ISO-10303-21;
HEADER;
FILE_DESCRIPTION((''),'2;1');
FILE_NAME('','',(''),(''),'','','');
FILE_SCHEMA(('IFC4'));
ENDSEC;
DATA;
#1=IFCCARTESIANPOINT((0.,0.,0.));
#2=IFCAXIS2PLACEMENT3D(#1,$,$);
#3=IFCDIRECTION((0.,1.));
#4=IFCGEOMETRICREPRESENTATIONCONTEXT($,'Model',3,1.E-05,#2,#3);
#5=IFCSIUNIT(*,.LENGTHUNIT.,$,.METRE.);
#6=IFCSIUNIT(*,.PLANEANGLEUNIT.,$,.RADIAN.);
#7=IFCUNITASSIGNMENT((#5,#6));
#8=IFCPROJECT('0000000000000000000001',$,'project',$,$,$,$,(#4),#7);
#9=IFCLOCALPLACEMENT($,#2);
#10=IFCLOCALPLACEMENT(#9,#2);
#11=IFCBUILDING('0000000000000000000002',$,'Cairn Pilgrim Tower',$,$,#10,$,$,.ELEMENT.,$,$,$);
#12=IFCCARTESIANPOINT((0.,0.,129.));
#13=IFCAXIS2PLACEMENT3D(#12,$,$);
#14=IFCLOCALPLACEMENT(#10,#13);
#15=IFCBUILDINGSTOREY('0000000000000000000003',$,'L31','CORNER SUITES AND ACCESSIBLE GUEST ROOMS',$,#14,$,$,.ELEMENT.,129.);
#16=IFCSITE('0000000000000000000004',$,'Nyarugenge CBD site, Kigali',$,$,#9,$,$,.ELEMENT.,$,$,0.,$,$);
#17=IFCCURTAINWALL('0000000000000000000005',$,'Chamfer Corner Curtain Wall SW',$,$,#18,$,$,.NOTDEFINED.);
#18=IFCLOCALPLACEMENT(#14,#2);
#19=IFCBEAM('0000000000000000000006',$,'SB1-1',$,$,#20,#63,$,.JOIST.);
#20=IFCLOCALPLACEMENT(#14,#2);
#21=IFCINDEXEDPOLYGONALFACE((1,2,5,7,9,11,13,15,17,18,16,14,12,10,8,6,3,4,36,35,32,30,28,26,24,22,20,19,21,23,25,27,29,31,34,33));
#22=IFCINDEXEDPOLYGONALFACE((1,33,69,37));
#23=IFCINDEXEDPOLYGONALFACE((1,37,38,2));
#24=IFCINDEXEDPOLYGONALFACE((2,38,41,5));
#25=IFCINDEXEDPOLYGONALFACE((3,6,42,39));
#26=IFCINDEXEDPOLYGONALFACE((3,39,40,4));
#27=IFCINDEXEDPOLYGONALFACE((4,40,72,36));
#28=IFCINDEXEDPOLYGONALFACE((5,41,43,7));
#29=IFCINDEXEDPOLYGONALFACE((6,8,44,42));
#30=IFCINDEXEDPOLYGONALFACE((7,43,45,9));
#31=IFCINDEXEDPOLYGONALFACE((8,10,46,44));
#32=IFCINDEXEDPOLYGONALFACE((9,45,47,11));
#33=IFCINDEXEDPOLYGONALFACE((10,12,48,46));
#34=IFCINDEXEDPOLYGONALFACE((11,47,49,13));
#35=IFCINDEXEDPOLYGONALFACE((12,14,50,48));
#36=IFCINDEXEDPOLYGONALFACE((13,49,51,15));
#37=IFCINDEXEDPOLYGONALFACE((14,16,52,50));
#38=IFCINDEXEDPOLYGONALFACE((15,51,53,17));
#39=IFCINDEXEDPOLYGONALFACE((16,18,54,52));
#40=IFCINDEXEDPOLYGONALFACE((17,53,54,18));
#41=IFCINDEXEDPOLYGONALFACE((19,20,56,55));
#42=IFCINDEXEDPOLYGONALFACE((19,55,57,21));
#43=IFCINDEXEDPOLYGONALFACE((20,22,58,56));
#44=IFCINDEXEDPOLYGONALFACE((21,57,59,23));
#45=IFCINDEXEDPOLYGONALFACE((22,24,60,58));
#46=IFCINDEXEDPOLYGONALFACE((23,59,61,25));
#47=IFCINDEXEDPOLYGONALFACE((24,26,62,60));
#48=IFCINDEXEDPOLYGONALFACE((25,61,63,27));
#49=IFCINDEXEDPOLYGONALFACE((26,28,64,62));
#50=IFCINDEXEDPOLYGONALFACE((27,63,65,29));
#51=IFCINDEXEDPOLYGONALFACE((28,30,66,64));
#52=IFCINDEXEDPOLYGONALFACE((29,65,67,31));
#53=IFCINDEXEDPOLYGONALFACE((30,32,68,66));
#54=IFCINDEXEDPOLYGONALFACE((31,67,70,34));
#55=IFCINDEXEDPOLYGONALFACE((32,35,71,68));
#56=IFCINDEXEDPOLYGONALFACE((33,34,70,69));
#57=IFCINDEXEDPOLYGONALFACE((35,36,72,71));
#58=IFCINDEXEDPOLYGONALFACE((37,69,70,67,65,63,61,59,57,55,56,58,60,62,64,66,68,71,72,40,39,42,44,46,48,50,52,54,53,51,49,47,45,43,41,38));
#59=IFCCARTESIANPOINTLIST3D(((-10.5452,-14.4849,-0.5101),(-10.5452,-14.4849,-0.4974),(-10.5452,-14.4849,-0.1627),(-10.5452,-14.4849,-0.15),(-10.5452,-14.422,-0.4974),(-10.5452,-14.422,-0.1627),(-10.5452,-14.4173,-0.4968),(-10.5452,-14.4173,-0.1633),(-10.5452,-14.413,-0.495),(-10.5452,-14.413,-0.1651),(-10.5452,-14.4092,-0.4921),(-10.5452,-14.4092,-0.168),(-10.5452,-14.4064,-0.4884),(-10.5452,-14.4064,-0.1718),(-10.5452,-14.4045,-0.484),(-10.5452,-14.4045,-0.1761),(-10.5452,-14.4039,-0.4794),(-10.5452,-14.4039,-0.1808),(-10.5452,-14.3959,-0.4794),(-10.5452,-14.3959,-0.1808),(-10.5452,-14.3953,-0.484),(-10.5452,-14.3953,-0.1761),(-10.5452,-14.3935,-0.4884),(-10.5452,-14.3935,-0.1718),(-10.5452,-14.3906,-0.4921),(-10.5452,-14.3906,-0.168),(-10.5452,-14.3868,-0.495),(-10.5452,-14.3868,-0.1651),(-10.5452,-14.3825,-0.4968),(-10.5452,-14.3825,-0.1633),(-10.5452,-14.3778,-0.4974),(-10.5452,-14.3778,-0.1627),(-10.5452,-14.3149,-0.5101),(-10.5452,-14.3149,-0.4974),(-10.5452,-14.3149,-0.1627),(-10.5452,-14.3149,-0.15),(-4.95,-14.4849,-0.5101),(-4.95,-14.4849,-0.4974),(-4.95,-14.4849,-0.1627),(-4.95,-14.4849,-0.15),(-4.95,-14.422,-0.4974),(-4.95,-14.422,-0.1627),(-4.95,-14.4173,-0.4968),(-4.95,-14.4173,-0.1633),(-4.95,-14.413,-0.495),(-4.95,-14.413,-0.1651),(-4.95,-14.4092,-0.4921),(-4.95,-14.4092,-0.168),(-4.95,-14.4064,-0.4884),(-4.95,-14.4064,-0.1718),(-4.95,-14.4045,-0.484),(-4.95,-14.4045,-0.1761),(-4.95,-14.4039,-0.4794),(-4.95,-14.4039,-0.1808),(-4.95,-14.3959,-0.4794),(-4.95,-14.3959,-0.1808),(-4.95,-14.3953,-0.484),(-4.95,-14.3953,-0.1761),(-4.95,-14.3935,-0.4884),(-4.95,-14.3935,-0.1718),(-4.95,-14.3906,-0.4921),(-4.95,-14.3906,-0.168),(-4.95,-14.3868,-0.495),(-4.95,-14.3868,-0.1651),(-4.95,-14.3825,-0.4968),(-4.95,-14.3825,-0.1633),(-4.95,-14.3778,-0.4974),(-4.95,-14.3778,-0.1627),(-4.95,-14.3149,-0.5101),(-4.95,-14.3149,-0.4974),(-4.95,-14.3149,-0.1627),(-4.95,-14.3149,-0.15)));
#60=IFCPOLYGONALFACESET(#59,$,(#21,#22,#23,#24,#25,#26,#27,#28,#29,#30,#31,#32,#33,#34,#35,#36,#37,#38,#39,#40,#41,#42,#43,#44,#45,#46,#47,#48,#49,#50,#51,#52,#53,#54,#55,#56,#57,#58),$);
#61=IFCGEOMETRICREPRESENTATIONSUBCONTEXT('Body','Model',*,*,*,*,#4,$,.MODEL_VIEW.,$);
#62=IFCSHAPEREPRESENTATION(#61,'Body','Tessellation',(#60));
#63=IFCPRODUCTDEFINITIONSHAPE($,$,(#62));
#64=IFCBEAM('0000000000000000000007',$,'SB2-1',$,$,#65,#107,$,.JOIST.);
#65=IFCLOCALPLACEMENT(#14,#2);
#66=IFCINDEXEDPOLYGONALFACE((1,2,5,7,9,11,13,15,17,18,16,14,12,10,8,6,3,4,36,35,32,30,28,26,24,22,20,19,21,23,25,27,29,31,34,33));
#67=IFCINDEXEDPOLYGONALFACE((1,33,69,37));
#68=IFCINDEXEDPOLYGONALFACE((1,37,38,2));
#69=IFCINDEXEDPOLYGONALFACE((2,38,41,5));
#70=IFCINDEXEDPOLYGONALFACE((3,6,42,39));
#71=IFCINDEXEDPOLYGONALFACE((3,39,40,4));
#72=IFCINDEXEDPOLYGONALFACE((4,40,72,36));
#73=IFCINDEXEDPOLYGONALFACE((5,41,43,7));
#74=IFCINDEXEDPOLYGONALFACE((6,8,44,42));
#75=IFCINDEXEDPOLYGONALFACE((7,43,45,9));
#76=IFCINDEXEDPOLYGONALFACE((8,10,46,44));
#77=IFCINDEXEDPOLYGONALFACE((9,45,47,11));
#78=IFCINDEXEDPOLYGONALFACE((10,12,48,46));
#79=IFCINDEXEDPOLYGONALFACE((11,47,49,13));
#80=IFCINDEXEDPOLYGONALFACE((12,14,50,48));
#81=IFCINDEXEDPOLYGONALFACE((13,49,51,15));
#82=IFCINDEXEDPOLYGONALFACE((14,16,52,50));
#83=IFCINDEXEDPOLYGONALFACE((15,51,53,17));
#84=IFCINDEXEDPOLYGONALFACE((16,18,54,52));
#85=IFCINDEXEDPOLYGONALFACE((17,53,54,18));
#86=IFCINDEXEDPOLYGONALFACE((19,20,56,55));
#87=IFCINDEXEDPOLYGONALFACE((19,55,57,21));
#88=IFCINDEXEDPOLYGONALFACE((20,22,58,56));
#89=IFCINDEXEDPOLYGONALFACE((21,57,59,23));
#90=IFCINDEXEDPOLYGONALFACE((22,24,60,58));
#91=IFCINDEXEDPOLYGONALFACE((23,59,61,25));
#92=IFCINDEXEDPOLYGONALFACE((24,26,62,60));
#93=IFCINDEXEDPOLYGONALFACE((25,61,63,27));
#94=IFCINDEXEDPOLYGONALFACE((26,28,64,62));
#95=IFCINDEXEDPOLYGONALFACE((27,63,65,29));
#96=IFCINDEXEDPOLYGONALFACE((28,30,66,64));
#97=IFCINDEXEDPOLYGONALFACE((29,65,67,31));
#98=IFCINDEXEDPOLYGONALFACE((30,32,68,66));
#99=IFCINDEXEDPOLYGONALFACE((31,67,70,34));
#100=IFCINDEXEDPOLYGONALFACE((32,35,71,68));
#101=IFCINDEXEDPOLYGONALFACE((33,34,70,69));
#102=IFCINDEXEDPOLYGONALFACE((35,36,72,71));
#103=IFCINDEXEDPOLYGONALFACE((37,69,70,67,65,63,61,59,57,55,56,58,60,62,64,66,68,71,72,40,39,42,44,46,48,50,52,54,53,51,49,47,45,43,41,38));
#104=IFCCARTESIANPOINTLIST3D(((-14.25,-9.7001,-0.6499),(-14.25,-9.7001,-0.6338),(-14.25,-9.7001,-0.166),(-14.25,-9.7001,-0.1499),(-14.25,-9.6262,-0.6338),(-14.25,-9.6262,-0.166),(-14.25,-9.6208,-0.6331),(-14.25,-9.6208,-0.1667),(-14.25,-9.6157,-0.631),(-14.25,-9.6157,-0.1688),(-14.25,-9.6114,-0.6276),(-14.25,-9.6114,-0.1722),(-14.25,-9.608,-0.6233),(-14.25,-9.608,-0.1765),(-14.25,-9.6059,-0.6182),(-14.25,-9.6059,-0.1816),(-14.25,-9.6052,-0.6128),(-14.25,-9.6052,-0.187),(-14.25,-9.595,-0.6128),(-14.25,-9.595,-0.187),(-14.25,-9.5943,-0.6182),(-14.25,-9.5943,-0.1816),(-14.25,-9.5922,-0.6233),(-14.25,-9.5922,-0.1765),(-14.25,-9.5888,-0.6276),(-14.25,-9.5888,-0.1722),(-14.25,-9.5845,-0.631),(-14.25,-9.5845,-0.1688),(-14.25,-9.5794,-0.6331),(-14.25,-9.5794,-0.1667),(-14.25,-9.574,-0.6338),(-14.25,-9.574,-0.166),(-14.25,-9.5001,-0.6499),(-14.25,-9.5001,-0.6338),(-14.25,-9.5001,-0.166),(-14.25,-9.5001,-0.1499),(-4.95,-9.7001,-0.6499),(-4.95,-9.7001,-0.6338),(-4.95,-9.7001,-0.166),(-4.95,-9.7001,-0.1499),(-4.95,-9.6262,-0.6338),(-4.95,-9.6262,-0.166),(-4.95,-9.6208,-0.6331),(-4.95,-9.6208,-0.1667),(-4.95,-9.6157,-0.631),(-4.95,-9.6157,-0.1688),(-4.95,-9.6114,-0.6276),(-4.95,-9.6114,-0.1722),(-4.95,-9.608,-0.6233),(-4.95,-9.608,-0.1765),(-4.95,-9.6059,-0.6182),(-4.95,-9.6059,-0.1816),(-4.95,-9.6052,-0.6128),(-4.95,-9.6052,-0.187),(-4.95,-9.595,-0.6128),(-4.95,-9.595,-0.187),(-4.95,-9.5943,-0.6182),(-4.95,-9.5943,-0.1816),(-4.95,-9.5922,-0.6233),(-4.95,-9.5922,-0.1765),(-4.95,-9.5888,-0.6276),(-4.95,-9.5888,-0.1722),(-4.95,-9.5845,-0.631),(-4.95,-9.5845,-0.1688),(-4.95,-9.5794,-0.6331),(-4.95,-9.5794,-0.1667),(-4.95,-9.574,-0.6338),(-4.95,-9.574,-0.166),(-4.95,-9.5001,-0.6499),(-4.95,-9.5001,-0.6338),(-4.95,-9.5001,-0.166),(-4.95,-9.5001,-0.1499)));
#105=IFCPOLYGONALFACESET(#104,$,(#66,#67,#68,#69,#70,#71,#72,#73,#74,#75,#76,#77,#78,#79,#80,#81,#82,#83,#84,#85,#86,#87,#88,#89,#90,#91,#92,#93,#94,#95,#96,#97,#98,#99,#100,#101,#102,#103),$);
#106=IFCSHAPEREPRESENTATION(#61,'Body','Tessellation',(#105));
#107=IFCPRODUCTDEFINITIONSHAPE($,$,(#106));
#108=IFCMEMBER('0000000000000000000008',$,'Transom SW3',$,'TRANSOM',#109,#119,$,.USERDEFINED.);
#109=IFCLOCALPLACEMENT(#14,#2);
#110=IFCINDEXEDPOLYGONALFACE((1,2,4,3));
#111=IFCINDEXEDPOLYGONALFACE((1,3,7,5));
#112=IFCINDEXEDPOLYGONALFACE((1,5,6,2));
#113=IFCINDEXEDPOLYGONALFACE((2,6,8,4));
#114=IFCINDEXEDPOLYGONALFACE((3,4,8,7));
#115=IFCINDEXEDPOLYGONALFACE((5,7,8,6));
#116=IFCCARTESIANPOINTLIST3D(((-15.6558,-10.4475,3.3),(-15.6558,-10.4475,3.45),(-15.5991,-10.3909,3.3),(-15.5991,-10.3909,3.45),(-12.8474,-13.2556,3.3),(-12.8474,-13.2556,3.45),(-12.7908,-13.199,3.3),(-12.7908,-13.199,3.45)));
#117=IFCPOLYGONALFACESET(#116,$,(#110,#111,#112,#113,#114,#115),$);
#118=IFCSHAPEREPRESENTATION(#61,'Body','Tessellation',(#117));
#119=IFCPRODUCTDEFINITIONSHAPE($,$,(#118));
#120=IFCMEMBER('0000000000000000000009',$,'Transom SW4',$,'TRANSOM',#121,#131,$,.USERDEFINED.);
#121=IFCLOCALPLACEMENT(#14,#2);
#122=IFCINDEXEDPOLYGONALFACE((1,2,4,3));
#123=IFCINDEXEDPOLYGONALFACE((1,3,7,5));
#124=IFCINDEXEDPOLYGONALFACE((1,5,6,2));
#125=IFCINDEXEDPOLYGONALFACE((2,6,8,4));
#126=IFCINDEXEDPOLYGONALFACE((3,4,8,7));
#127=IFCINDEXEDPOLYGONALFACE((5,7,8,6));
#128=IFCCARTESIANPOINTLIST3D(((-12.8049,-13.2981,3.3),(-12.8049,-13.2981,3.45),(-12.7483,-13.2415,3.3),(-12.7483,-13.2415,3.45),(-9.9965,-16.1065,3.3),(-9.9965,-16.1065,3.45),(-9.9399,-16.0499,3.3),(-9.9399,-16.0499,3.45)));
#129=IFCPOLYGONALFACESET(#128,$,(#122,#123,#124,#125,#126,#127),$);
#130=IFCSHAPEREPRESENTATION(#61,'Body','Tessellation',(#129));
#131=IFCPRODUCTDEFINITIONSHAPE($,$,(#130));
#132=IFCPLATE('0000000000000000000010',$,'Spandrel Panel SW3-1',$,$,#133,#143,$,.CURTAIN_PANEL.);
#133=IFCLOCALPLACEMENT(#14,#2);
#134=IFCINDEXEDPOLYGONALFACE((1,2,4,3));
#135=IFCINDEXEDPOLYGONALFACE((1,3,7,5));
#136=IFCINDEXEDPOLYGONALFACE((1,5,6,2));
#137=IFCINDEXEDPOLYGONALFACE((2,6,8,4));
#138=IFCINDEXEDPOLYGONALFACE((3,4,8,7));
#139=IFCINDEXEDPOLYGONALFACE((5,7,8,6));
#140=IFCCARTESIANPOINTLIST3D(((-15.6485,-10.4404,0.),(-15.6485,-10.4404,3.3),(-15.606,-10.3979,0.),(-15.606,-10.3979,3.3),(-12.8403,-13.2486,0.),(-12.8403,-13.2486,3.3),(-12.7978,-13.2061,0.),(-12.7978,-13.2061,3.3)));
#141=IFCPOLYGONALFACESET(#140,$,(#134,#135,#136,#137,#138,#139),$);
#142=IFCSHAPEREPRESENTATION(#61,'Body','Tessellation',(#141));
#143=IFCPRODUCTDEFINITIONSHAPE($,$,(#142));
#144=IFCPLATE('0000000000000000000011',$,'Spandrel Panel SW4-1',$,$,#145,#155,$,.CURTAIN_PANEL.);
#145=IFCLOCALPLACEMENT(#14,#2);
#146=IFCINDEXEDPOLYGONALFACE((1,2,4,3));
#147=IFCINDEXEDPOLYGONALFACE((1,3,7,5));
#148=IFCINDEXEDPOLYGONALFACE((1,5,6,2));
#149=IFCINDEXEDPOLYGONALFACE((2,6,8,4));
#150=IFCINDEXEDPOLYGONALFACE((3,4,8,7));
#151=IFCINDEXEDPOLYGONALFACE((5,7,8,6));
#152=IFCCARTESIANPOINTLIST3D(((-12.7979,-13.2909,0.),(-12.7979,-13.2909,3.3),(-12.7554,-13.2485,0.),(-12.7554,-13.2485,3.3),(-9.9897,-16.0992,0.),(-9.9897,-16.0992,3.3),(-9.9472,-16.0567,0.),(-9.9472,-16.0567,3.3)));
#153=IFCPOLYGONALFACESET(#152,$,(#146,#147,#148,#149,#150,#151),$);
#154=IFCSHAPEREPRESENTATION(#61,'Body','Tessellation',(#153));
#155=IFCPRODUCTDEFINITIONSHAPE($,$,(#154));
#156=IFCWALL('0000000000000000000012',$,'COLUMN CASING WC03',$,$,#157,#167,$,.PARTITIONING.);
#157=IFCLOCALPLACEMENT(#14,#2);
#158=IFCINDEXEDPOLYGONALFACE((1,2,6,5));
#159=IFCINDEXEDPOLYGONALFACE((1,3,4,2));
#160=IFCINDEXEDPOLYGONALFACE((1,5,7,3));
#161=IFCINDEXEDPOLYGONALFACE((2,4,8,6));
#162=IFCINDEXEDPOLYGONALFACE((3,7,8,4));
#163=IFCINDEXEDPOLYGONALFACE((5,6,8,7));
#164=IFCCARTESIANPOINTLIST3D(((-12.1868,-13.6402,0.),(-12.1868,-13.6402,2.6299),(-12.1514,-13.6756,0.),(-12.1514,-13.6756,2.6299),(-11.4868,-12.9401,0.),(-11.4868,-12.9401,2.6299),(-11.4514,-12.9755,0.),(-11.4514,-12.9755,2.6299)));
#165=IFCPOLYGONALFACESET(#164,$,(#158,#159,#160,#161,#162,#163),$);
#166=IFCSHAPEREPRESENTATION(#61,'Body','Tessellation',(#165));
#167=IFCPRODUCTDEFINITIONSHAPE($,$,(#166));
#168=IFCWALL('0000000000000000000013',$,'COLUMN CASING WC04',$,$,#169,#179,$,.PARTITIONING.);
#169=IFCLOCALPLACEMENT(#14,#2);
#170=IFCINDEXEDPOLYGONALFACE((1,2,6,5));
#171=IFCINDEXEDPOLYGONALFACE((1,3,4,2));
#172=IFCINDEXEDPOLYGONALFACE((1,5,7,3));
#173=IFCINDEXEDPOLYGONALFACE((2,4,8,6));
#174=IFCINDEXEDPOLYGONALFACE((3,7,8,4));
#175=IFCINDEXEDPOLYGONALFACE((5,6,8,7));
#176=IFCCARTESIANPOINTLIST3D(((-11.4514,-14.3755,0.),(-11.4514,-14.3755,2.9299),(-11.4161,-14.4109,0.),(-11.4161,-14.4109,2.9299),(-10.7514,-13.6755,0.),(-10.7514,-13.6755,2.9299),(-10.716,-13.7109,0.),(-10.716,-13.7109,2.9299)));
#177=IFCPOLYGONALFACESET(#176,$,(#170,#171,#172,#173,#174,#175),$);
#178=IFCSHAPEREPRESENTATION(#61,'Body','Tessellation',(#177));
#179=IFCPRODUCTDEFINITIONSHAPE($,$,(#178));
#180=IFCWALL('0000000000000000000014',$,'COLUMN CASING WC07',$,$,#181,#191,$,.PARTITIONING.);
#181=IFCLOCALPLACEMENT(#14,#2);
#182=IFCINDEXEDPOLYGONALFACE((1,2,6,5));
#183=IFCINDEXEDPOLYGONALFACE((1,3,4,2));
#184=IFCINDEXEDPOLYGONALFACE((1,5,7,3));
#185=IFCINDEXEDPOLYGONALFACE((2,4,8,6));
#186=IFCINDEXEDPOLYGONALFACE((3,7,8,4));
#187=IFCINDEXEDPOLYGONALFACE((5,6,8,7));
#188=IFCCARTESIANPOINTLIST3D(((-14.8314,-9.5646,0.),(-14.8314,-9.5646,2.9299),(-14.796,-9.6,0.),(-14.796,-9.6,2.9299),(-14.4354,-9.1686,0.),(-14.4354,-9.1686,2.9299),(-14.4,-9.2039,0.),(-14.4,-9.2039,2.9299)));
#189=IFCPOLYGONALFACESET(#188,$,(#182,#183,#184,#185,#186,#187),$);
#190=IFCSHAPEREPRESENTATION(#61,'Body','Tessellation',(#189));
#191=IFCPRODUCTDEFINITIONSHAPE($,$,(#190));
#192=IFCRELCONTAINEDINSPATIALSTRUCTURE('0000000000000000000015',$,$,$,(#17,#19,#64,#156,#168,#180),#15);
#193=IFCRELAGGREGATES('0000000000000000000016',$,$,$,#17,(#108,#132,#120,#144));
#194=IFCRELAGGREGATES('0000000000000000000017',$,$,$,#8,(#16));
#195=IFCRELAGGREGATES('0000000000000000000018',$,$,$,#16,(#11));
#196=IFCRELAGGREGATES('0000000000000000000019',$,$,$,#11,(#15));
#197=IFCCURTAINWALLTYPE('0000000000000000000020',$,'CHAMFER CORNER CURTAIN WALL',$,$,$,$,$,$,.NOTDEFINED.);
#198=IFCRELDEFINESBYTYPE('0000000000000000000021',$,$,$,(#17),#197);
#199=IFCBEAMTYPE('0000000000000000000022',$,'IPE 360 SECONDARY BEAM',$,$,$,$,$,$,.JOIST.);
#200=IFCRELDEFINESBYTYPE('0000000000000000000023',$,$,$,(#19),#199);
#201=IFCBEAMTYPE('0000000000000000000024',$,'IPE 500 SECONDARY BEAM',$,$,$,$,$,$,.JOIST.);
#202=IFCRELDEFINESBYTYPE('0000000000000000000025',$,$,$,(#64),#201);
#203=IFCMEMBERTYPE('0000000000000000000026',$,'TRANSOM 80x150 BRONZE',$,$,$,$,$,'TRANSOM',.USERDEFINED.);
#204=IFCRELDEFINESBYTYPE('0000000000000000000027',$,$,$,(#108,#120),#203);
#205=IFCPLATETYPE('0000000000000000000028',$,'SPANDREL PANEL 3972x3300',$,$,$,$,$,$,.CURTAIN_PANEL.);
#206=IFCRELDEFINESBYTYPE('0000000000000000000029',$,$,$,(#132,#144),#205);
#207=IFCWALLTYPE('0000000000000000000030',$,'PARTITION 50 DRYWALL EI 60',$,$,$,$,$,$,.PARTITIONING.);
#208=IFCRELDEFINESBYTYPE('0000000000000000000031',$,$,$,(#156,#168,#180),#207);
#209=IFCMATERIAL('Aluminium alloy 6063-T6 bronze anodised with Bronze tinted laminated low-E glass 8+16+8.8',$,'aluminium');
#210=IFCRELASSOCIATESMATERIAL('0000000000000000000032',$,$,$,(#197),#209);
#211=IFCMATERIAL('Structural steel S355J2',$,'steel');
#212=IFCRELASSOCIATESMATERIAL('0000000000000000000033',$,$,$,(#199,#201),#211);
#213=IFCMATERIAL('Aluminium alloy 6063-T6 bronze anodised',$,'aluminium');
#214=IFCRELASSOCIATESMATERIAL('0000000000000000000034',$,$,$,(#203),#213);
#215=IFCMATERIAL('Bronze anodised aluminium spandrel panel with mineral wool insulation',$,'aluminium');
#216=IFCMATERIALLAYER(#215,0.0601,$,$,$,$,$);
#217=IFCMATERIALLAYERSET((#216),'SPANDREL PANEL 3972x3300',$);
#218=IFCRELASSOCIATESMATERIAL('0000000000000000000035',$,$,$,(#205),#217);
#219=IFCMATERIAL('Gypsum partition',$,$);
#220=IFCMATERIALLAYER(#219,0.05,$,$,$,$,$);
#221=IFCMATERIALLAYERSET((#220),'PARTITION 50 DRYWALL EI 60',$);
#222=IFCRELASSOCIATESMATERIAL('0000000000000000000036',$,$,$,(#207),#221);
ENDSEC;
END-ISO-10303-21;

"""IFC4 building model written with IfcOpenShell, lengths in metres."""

from ifc_helpers import new_model, si_unit, direction, frame, frame_2d, origin, origin_2d, place, context, subcontext, project, spatial, rectangle, i_section, extrude, material, layer, layer_set, material_profile, profile_set, type_object, element, aggregate, save


model = new_model("IFC4")

# Units and contexts
model_context = context("Model", 3, precision=1e-05, world=origin(), true_north=direction((0.0, 1.0)))
body_context = subcontext(model_context, "Body", "Model", "MODEL_VIEW")
ifc_project = project(units=[si_unit("LENGTHUNIT", "METRE"), si_unit("PLANEANGLEUNIT", "RADIAN")], contexts=[model_context])

# Site, building, storey
site_placement = place(None, origin())
site = spatial("IfcSite", under=ifc_project, at=site_placement, Name="Nyarugenge CBD site, Kigali", CompositionType="ELEMENT", RefElevation=0.0)
building_placement = place(site_placement, origin())
building = spatial("IfcBuilding", under=site, at=building_placement, Name="Cairn Pilgrim Tower", CompositionType="ELEMENT")
storey_placement = place(building_placement, frame((0.0, 0.0, 129.0)))
storey = spatial("IfcBuildingStorey", under=building, at=storey_placement, Name="L31", Description="CORNER SUITES AND ACCESSIBLE GUEST ROOMS", CompositionType="ELEMENT", Elevation=129.0)

# Shared definitions
ifc_material_1 = material(Name="Structural steel S355J2", Category="steel")

# Shared definitions
ifc_material_2 = material(Name="Aluminium alloy 6063-T6 bronze anodised with Bronze tinted laminated low-E glass 8+16+8.8", Category="aluminium")
ifc_material_3 = material(Name="Aluminium alloy 6063-T6 bronze anodised", Category="aluminium")

# Curtain wall
curtain_wall_type_1 = type_object("IfcCurtainWallType", Name="CHAMFER CORNER CURTAIN WALL", PredefinedType="NOTDEFINED", material=ifc_material_2)
curtain_wall_1_placement = place(storey_placement, origin())
curtain_wall_1 = element("IfcCurtainWall", 1, at=curtain_wall_1_placement, inside=storey, type_object=curtain_wall_type_1, Name="Chamfer Corner Curtain Wall SW", PredefinedType="NOTDEFINED")

# Beams
ifc_material_profile_1 = material_profile(ifc_material_1, i_section(OverallWidth=0.1699, OverallDepth=0.3601, WebThickness=0.0081, FlangeThickness=0.0127, FilletRadius=0.0181, at=origin_2d()), Name="IPE 360")
ifc_profile_set_1 = profile_set([ifc_material_profile_1], Name="Structural steel S355J2")
beam_type_1 = type_object("IfcBeamType", Name="IPE 360 SECONDARY BEAM", PredefinedType="JOIST", material=ifc_profile_set_1)
beam_1_placement = place(storey_placement, frame((-10.5452, -14.3999, -0.3301), z_axis=(1.0, 0.0, 0.0), x_axis=(0.0, 1.0, 0.0)))
element("IfcBeam", 2, at=beam_1_placement, inside=storey, type_object=beam_type_1, Name="SB1-1", PredefinedType="JOIST", context=body_context, shape_type="SweptSolid", body=[
    extrude(i_section(OverallWidth=0.1699, OverallDepth=0.3601, WebThickness=0.0081, FlangeThickness=0.0127, FilletRadius=0.0181, at=origin_2d()), origin(), (0.0, 0.0, 1.0), 5.5952),
])
ifc_material_profile_2 = material_profile(ifc_material_1, i_section(OverallWidth=0.2, OverallDepth=0.5, WebThickness=0.0103, FlangeThickness=0.0161, FilletRadius=0.021, at=origin_2d()), Name="IPE 500")
ifc_profile_set_2 = profile_set([ifc_material_profile_2], Name="Structural steel S355J2")
beam_type_2 = type_object("IfcBeamType", Name="IPE 500 SECONDARY BEAM", PredefinedType="JOIST", material=ifc_profile_set_2)
beam_2_placement = place(storey_placement, frame((-14.25, -9.6001, -0.3999), z_axis=(1.0, 0.0, 0.0), x_axis=(0.0, 1.0, 0.0)))
element("IfcBeam", 3, at=beam_2_placement, inside=storey, type_object=beam_type_2, Name="SB2-1", PredefinedType="JOIST", context=body_context, shape_type="SweptSolid", body=[
    extrude(i_section(OverallWidth=0.2, OverallDepth=0.5, WebThickness=0.0103, FlangeThickness=0.0161, FilletRadius=0.021, at=origin_2d()), origin(), (0.0, 0.0, 1.0), 9.3),
])

# Members
ifc_material_profile_3 = material_profile(ifc_material_3, rectangle(XDim=0.0801, YDim=0.1499, at=origin_2d()), Name="TRANSOM 80x150 BRONZE")
ifc_profile_set_3 = profile_set([ifc_material_profile_3], Name="Aluminium alloy 6063-T6 bronze anodised")
member_type_1 = type_object("IfcMemberType", Name="TRANSOM 80x150 BRONZE", ElementType="TRANSOM", PredefinedType="USERDEFINED", material=ifc_profile_set_3)
member_1_placement = place(storey_placement, frame((-15.6274, -10.4192, 3.375), z_axis=(0.707138, -0.707076, 0.0), x_axis=(0.707076, 0.707138, 0.0)))
member_1 = element("IfcMember", 4, at=member_1_placement, type_object=member_type_1, Name="Transom SW3", ObjectType="TRANSOM", PredefinedType="USERDEFINED", context=body_context, shape_type="SweptSolid", body=[
    extrude(rectangle(XDim=0.0801, YDim=0.1499, at=origin_2d()), origin(), (0.0, 0.0, 1.0), 3.9714),
])
member_2_placement = place(storey_placement, frame((-12.7766, -13.2698, 3.375), z_axis=(0.707107, -0.707107, 0.0), x_axis=(0.707107, 0.707107, 0.0)))
member_2 = element("IfcMember", 5, at=member_2_placement, type_object=member_type_1, Name="Transom SW4", ObjectType="TRANSOM", PredefinedType="USERDEFINED", context=body_context, shape_type="SweptSolid", body=[
    extrude(rectangle(XDim=0.0801, YDim=0.1499, at=origin_2d()), origin(), (0.0, 0.0, 1.0), 3.9717),
])

# Plates
ifc_material_4 = material(Name="Bronze anodised aluminium spandrel panel with mineral wool insulation", Category="aluminium")
ifc_layer_1 = layer(ifc_material_4, 0.0601)
ifc_layer_set_1 = layer_set([ifc_layer_1], Name="SPANDREL PANEL 3972x3300")
plate_type = type_object("IfcPlateType", Name="SPANDREL PANEL 3972x3300", PredefinedType="CURTAIN_PANEL", material=ifc_layer_set_1)
plate_1_placement = place(storey_placement, frame((-14.2231, -11.8232, 0.0), z_axis=(0.0, 0.0, 1.0), x_axis=(0.707107, -0.707107, 0.0)))
plate_1 = element("IfcPlate", 6, at=plate_1_placement, type_object=plate_type, Name="Spandrel Panel SW3-1", PredefinedType="CURTAIN_PANEL", context=body_context, shape_type="SweptSolid", body=[
    extrude(rectangle(XDim=3.9714, YDim=0.0601, at=origin_2d()), origin(), (0.0, 0.0, 1.0), 3.3),
])
plate_2_placement = place(storey_placement, frame((-11.3726, -14.6738, 0.0), z_axis=(0.0, 0.0, 1.0), x_axis=(0.707107, -0.707107, 0.0)))
plate_2 = element("IfcPlate", 7, at=plate_2_placement, type_object=plate_type, Name="Spandrel Panel SW4-1", PredefinedType="CURTAIN_PANEL", context=body_context, shape_type="SweptSolid", body=[
    extrude(rectangle(XDim=3.9714, YDim=0.0601, at=origin_2d()), origin(), (0.0, 0.0, 1.0), 3.3),
])
aggregate(curtain_wall_1, [member_1, plate_1, member_2, plate_2])

# Walls
ifc_material_5 = material(Name="Gypsum partition")
ifc_layer_2 = layer(ifc_material_5, 0.05)
ifc_layer_set_2 = layer_set([ifc_layer_2], Name="PARTITION 50 DRYWALL EI 60")
wall_type_1 = type_object("IfcWallType", Name="PARTITION 50 DRYWALL EI 60", PredefinedType="PARTITIONING", material=ifc_layer_set_2)
wall_1_placement = place(storey_placement, frame((-12.1692, -13.658, 0.0), z_axis=(0.0, 0.0, 1.0), x_axis=(0.707107, 0.707107, 0.0)))
element("IfcWall", 8, at=wall_1_placement, inside=storey, type_object=wall_type_1, Name="COLUMN CASING WC03", PredefinedType="PARTITIONING", context=body_context, shape_type="SweptSolid", body=[
    extrude(rectangle(XDim=0.99, YDim=0.05, at=frame_2d((0.4951, 0.0))), origin(), (0.0, 0.0, 1.0), 2.6299),
])
wall_2_placement = place(storey_placement, frame((-11.4338, -14.3933, 0.0), z_axis=(0.0, 0.0, 1.0), x_axis=(0.707107, 0.707107, 0.0)))
element("IfcWall", 9, at=wall_2_placement, inside=storey, type_object=wall_type_1, Name="COLUMN CASING WC04", PredefinedType="PARTITIONING", context=body_context, shape_type="SweptSolid", body=[
    extrude(rectangle(XDim=0.99, YDim=0.05, at=frame_2d((0.4951, 0.0))), origin(), (0.0, 0.0, 1.0), 2.9299),
])
wall_3_placement = place(storey_placement, frame((-14.8137, -9.5823, 0.0), z_axis=(0.0, 0.0, 1.0), x_axis=(0.707107, 0.707107, 0.0)))
element("IfcWall", 10, at=wall_3_placement, inside=storey, type_object=wall_type_1, Name="COLUMN CASING WC07", PredefinedType="PARTITIONING", context=body_context, shape_type="SweptSolid", body=[
    extrude(rectangle(XDim=0.5601, YDim=0.05, at=frame_2d((0.28, 0.0))), origin(), (0.0, 0.0, 1.0), 2.9299),
])

save(model, "model.ifc")
